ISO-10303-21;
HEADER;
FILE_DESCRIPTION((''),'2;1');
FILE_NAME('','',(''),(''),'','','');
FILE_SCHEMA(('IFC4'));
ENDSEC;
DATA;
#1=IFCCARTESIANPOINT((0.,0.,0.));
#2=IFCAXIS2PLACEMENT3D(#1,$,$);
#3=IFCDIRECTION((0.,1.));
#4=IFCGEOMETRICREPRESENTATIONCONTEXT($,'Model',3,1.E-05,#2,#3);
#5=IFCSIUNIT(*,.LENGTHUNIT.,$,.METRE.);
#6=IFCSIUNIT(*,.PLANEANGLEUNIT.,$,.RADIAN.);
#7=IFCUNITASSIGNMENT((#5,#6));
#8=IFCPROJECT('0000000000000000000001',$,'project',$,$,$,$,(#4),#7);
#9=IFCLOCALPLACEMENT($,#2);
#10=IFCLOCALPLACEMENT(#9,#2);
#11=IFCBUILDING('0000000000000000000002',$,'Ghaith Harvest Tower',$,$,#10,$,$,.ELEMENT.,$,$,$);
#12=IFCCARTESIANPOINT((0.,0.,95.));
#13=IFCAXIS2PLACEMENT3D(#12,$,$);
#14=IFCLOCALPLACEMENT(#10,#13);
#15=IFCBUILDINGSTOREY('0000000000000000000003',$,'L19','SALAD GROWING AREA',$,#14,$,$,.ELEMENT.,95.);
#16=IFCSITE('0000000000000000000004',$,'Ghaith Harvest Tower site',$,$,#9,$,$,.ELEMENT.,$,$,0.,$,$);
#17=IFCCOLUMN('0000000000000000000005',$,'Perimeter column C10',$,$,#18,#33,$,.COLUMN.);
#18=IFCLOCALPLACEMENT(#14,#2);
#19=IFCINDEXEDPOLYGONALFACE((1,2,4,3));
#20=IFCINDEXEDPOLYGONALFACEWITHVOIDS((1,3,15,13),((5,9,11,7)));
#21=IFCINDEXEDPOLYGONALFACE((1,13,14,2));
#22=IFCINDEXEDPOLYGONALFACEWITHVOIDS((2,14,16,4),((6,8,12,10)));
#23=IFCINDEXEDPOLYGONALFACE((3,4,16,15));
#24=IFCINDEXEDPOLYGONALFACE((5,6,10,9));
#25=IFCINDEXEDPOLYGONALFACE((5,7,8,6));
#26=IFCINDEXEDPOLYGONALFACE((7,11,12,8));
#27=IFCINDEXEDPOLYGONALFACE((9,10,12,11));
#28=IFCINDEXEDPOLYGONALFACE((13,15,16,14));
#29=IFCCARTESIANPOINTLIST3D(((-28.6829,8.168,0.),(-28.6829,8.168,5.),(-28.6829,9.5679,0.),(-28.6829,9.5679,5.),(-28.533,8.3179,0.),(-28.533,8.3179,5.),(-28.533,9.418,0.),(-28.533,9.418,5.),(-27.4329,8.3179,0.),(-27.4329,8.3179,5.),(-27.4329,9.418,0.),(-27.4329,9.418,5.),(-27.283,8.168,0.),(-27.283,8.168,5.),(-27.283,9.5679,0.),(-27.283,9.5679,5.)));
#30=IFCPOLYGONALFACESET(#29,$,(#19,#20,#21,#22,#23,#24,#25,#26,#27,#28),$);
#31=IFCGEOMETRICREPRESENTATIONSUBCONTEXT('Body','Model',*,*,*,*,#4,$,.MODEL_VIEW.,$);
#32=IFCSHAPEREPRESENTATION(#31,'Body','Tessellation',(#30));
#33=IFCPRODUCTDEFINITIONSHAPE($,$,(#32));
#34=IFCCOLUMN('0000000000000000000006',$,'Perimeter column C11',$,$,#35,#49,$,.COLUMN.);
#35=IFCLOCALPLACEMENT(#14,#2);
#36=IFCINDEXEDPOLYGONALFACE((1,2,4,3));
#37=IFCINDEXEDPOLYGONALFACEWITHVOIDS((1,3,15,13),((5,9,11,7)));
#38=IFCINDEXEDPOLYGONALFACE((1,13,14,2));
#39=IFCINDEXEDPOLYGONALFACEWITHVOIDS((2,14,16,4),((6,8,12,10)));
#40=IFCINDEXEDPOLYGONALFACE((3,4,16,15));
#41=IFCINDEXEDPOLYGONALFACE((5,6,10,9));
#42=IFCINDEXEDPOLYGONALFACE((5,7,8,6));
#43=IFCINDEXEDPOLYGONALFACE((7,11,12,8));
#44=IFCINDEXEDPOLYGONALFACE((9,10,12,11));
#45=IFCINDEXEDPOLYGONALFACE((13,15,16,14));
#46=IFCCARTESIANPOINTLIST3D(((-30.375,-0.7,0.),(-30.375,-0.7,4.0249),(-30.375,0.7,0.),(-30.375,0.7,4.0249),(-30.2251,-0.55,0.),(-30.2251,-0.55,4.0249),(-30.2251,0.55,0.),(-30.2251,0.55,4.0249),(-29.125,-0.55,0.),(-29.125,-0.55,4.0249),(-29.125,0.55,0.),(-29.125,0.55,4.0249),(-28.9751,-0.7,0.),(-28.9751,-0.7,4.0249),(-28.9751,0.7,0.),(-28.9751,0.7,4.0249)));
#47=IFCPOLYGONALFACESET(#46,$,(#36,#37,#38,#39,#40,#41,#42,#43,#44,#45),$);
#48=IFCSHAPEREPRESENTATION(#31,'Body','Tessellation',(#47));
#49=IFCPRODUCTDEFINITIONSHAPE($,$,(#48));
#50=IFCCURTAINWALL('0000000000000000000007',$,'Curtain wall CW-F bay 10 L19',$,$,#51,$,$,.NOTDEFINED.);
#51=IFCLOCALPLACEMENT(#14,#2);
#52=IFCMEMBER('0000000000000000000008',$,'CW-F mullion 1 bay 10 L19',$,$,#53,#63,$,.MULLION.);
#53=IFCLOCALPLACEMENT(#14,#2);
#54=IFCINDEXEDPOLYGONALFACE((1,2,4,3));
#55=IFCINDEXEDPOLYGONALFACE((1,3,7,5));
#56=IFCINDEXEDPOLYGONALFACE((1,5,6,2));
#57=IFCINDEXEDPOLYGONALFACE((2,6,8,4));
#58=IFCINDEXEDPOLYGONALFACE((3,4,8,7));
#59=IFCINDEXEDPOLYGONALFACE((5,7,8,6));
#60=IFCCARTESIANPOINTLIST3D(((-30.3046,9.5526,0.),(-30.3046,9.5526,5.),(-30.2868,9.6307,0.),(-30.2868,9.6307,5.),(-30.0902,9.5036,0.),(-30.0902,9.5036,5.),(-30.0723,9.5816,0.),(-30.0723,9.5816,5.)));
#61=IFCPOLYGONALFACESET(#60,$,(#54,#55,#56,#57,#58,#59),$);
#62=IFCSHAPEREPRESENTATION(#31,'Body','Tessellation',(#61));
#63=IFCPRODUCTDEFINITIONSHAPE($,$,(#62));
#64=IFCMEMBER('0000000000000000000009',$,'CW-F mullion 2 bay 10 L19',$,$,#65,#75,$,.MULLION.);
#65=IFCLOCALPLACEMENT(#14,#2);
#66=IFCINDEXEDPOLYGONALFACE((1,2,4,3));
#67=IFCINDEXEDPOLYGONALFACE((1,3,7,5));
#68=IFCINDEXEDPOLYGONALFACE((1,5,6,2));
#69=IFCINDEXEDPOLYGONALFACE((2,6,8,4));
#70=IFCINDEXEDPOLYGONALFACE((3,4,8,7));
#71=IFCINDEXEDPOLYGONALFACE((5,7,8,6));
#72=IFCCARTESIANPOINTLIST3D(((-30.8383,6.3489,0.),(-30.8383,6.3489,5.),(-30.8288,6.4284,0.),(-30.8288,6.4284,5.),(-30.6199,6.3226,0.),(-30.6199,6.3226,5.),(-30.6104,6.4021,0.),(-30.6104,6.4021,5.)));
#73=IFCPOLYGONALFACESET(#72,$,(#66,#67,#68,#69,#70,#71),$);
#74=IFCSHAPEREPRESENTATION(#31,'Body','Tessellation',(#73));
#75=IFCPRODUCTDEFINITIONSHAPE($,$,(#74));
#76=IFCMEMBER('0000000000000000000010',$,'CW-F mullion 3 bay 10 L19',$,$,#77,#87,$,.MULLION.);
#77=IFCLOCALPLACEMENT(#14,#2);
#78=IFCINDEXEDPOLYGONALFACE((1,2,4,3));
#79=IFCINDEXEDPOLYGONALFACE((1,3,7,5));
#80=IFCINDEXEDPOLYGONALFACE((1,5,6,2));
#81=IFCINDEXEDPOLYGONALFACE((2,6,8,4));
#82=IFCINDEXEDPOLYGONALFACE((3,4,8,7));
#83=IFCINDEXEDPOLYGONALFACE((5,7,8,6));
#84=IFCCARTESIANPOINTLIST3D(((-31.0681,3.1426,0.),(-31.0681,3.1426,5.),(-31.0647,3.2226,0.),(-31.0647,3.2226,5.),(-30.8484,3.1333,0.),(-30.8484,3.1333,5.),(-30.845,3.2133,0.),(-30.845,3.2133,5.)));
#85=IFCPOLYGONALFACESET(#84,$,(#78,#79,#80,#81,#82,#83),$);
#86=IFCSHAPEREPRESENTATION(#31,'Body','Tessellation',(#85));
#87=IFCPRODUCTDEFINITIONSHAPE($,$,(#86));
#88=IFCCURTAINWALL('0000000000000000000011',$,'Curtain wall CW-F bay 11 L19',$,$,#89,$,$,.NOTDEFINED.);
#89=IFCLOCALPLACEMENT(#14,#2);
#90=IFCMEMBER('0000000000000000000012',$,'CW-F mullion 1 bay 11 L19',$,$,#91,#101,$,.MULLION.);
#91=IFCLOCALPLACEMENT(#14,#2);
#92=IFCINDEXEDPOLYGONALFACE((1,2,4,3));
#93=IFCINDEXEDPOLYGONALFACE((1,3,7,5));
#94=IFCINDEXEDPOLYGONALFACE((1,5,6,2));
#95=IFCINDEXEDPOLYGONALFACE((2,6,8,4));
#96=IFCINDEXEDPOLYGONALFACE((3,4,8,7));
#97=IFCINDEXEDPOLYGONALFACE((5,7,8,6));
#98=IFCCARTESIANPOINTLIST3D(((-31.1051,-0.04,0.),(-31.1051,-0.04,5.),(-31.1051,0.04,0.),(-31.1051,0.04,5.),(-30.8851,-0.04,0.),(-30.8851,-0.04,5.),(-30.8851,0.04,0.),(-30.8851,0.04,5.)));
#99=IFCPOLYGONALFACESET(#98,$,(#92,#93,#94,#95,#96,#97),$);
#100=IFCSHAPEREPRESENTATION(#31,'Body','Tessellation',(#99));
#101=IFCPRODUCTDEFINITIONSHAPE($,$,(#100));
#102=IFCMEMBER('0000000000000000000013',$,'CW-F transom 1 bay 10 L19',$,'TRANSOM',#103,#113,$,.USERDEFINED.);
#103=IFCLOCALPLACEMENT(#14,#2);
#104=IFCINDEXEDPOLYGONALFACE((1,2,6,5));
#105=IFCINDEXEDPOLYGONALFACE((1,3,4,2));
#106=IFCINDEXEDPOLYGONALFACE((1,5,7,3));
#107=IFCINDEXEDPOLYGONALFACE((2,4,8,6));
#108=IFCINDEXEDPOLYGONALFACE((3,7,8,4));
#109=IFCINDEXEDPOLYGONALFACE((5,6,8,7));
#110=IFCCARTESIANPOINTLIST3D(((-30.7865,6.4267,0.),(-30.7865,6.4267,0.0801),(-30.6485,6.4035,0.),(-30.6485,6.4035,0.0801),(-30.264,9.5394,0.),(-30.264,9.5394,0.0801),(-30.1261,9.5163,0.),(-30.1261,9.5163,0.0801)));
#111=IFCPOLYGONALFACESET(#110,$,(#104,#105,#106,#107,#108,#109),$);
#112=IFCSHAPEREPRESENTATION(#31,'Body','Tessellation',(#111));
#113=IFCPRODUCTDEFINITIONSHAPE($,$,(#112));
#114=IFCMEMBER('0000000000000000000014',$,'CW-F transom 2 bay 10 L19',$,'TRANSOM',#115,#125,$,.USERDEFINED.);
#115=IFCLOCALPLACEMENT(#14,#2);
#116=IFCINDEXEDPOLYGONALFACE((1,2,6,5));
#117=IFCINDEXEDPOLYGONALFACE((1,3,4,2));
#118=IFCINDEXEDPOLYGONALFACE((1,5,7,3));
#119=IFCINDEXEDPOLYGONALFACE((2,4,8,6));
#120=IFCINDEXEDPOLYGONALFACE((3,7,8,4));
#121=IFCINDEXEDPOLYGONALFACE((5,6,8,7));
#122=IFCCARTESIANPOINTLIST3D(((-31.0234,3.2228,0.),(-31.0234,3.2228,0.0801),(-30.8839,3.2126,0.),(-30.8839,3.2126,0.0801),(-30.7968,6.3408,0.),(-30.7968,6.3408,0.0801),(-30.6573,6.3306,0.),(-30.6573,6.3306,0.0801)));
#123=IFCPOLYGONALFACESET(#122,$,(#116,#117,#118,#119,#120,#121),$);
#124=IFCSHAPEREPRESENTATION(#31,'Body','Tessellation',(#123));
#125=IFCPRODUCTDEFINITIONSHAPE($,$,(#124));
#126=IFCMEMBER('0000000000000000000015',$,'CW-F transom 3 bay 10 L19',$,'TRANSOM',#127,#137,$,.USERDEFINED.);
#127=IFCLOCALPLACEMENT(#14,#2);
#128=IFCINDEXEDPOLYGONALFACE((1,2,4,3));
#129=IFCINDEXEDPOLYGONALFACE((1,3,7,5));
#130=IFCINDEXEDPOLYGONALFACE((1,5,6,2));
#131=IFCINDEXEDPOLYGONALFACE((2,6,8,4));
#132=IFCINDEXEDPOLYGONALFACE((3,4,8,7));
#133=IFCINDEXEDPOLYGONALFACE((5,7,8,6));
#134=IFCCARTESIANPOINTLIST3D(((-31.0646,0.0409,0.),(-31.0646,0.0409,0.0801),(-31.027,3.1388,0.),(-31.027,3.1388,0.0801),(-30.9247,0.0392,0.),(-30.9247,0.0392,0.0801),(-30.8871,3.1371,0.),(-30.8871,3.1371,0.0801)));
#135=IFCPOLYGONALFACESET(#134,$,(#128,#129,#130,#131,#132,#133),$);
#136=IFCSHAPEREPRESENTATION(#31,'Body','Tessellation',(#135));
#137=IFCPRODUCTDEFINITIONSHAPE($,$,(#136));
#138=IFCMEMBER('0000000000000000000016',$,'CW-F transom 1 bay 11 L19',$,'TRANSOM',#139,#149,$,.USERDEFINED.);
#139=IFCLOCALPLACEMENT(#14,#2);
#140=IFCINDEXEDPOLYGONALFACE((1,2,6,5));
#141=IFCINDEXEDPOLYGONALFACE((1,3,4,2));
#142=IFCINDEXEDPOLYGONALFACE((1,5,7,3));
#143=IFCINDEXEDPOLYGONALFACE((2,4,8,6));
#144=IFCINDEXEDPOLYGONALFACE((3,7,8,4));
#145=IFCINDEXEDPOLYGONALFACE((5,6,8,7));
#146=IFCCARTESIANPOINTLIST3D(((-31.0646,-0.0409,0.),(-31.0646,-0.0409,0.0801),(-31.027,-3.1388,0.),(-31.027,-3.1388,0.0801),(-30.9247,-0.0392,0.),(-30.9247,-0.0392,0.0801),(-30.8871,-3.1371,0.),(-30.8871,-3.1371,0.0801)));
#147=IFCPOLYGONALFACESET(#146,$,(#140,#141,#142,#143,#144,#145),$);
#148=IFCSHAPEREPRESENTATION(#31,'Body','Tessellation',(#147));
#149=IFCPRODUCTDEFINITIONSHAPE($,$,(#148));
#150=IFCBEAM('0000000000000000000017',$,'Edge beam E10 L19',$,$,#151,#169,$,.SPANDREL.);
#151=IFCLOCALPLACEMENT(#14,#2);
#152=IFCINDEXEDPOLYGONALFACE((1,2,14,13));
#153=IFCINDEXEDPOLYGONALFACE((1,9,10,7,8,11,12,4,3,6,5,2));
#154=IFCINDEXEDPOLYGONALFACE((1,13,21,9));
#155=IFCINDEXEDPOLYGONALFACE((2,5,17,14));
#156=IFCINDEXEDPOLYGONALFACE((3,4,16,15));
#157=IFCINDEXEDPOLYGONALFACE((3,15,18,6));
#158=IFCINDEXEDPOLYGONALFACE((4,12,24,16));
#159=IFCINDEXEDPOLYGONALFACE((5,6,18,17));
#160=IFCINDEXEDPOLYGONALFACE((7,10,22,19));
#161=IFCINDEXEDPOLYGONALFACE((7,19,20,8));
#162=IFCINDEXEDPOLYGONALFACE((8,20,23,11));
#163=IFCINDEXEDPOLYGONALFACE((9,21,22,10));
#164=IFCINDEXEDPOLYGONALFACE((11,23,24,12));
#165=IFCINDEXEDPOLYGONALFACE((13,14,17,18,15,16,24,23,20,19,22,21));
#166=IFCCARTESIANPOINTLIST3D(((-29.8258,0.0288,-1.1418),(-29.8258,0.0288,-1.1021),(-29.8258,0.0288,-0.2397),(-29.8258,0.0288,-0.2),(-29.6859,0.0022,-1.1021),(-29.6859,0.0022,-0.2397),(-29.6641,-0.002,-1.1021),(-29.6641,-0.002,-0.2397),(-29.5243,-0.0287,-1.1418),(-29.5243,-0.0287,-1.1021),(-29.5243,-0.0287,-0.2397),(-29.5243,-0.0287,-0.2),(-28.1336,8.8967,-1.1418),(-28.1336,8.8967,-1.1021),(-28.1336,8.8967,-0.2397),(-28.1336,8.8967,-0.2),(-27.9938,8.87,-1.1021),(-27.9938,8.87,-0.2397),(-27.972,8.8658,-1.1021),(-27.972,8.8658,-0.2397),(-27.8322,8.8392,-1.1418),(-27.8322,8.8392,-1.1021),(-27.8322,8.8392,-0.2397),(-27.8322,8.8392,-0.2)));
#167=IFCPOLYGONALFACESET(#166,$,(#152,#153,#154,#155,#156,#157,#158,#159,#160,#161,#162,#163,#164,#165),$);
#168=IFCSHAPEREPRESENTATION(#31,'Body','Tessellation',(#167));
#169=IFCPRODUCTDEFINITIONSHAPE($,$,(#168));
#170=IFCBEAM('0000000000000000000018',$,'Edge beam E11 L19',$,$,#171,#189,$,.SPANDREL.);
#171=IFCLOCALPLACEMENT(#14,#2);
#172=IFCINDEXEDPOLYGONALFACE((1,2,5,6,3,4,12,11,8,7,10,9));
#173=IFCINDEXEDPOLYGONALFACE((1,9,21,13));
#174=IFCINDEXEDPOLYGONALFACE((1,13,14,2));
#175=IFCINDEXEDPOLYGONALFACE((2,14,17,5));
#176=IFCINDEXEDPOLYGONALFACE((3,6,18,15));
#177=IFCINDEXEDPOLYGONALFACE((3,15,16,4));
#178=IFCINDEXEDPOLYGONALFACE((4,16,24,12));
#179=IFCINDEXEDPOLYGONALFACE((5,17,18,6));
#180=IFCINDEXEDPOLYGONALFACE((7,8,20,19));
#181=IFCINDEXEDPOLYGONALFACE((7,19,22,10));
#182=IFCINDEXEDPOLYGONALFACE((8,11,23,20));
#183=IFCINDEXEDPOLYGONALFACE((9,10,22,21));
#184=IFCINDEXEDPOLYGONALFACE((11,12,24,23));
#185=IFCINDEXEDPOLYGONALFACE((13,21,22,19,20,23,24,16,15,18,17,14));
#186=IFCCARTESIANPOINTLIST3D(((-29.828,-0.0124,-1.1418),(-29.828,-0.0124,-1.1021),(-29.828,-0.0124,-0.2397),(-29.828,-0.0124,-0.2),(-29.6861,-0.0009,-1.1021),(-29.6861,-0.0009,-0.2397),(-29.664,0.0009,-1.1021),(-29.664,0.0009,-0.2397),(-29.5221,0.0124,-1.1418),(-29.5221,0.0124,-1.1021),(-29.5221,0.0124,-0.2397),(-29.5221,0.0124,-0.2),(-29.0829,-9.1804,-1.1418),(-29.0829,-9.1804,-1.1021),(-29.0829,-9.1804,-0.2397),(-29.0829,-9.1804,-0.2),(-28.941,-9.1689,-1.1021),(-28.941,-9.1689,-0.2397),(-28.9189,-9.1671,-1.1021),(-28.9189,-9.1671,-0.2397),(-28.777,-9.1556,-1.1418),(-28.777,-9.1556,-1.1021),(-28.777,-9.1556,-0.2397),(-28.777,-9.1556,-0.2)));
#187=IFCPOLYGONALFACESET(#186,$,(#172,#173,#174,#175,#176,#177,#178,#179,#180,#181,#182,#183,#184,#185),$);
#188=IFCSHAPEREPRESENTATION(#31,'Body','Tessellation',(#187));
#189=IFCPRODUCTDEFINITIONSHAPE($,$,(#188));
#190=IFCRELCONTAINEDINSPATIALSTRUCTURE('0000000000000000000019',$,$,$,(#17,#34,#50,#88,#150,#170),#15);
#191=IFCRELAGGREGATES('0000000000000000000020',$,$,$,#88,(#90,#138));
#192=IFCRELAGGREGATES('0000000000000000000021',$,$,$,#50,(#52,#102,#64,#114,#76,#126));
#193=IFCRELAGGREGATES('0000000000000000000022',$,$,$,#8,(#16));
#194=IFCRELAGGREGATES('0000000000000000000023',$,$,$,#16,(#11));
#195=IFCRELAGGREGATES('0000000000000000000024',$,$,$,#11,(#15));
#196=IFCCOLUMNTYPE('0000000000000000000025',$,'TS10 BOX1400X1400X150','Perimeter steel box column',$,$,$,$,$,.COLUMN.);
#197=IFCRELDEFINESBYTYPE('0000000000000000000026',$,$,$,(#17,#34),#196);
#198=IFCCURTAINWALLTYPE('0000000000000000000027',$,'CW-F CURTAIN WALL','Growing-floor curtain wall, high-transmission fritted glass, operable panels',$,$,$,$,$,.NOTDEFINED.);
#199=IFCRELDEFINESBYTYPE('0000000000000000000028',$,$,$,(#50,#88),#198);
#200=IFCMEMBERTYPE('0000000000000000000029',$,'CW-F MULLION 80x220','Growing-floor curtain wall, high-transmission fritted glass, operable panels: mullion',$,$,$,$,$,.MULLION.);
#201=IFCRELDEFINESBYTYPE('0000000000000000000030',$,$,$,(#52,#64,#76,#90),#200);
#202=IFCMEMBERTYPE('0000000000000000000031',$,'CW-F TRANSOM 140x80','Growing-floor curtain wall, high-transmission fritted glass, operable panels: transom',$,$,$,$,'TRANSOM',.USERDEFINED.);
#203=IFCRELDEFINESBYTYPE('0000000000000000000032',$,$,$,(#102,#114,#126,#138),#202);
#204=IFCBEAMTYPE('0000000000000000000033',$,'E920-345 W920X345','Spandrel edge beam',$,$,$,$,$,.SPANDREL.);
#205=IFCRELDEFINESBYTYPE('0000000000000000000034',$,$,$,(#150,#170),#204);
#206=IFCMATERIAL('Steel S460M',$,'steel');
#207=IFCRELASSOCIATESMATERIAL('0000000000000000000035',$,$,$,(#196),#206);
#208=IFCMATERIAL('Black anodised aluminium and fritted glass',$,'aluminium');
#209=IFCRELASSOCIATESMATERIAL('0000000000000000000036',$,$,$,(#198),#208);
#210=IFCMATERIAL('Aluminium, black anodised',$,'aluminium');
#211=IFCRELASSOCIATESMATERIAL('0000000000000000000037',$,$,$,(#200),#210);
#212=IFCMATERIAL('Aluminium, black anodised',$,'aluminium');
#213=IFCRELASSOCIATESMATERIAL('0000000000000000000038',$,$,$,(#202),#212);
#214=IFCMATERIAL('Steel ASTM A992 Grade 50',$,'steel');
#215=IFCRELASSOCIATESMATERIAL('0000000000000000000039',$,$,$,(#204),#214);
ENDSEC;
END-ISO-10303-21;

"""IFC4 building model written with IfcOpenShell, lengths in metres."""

from ifc_helpers import new_model, si_unit, direction, frame, origin, origin_2d, place, context, subcontext, project, spatial, rectangle, hollow_rectangle, i_section, extrude, material, material_profile, profile_set, type_object, element, aggregate, save


model = new_model("IFC4")

# Units and contexts
model_context = context("Model", 3, precision=1e-05, world=origin(), true_north=direction((0.0, 1.0)))
body_context = subcontext(model_context, "Body", "Model", "MODEL_VIEW")
ifc_project = project(units=[si_unit("LENGTHUNIT", "METRE"), si_unit("PLANEANGLEUNIT", "RADIAN")], contexts=[model_context])

# Site, building, storey
site_placement = place(None, origin())
site = spatial("IfcSite", under=ifc_project, at=site_placement, Name="Ghaith Harvest Tower site", CompositionType="ELEMENT", RefElevation=0.0)
building_placement = place(site_placement, origin())
building = spatial("IfcBuilding", under=site, at=building_placement, Name="Ghaith Harvest Tower", CompositionType="ELEMENT")
storey_placement = place(building_placement, frame((0.0, 0.0, 95.0)))
storey = spatial("IfcBuildingStorey", under=building, at=storey_placement, Name="L19", Description="SALAD GROWING AREA", CompositionType="ELEMENT", Elevation=95.0)

# Columns
ifc_material_1 = material(Name="Steel S460M", Category="steel")
ifc_material_profile_1 = material_profile(ifc_material_1, hollow_rectangle(XDim=1.3999, YDim=1.3999, WallThickness=0.1499, at=origin_2d()), Name="BOX1400X1400X150")
ifc_profile_set_1 = profile_set([ifc_material_profile_1], Name="Steel S460M")
column_type = type_object("IfcColumnType", Name="TS10 BOX1400X1400X150", Description="Perimeter steel box column", PredefinedType="COLUMN", material=ifc_profile_set_1)
column_1_placement = place(storey_placement, frame((-27.9829, 8.8679, 0.0), z_axis=(0.0, 0.0, 1.0), x_axis=(1.0, 0.0, 0.0)))
element("IfcColumn", 1, at=column_1_placement, inside=storey, type_object=column_type, Name="Perimeter column C10", PredefinedType="COLUMN", context=body_context, shape_type="SweptSolid", body=[
    extrude(hollow_rectangle(XDim=1.3999, YDim=1.3999, WallThickness=0.1499, at=origin_2d()), origin(), (0.0, 0.0, 1.0), 5.0),
])
column_2_placement = place(storey_placement, frame((-29.675, 0.0, 0.0), z_axis=(0.0, 0.0, 1.0), x_axis=(1.0, 0.0, 0.0)))
element("IfcColumn", 2, at=column_2_placement, inside=storey, type_object=column_type, Name="Perimeter column C11", PredefinedType="COLUMN", context=body_context, shape_type="SweptSolid", body=[
    extrude(hollow_rectangle(XDim=1.3999, YDim=1.3999, WallThickness=0.1499, at=origin_2d()), origin(), (0.0, 0.0, 1.0), 4.0249),
])

# Curtain wall, members
ifc_material_2 = material(Name="Black anodised aluminium and fritted glass", Category="aluminium")
curtain_wall_type = type_object("IfcCurtainWallType", Name="CW-F CURTAIN WALL", Description="Growing-floor curtain wall, high-transmission fritted glass, operable panels", PredefinedType="NOTDEFINED", material=ifc_material_2)
curtain_wall_1_placement = place(storey_placement, origin())
curtain_wall_1 = element("IfcCurtainWall", 3, at=curtain_wall_1_placement, inside=storey, type_object=curtain_wall_type, Name="Curtain wall CW-F bay 10 L19", PredefinedType="NOTDEFINED")
ifc_material_3 = material(Name="Aluminium, black anodised", Category="aluminium")
ifc_material_profile_2 = material_profile(ifc_material_3, rectangle(XDim=0.0801, YDim=0.22, at=origin_2d()), Name="CW-F MULLION 80x220")
ifc_profile_set_2 = profile_set([ifc_material_profile_2], Name="Aluminium, black anodised")
member_type_1 = type_object("IfcMemberType", Name="CW-F MULLION 80x220", Description="Growing-floor curtain wall, high-transmission fritted glass, operable panels: mullion", PredefinedType="MULLION", material=ifc_profile_set_2)
member_1_placement = place(storey_placement, frame((-30.1885, 9.5671, 0.0), z_axis=(0.0, 0.0, 1.0), x_axis=(-0.222967, -0.974826, 0.0)))
member_1 = element("IfcMember", 4, at=member_1_placement, type_object=member_type_1, Name="CW-F mullion 1 bay 10 L19", PredefinedType="MULLION", context=body_context, shape_type="SweptSolid", body=[
    extrude(rectangle(XDim=0.0801, YDim=0.22, at=origin_2d()), origin(), (0.0, 0.0, 1.0), 5.0),
])
member_2_placement = place(storey_placement, frame((-30.7244, 6.3755, 0.0), z_axis=(0.0, 0.0, 1.0), x_axis=(-0.119353, -0.992852, 0.0)))
member_2 = element("IfcMember", 5, at=member_2_placement, type_object=member_type_1, Name="CW-F mullion 2 bay 10 L19", PredefinedType="MULLION", context=body_context, shape_type="SweptSolid", body=[
    extrude(rectangle(XDim=0.0801, YDim=0.22, at=origin_2d()), origin(), (0.0, 0.0, 1.0), 5.0),
])
member_3_placement = place(storey_placement, frame((-30.9565, 3.178, 0.0), z_axis=(0.0, 0.0, 1.0), x_axis=(-0.042427, -0.9991, 0.0)))
member_3 = element("IfcMember", 6, at=member_3_placement, type_object=member_type_1, Name="CW-F mullion 3 bay 10 L19", PredefinedType="MULLION", context=body_context, shape_type="SweptSolid", body=[
    extrude(rectangle(XDim=0.0801, YDim=0.22, at=origin_2d()), origin(), (0.0, 0.0, 1.0), 5.0),
])

# Curtain wall, member
curtain_wall_2_placement = place(storey_placement, origin())
curtain_wall_2 = element("IfcCurtainWall", 7, at=curtain_wall_2_placement, inside=storey, type_object=curtain_wall_type, Name="Curtain wall CW-F bay 11 L19", PredefinedType="NOTDEFINED")
member_4_placement = place(storey_placement, frame((-30.9951, 0.0, 0.0), z_axis=(0.0, 0.0, 1.0), x_axis=(0.0, -1.0, 0.0)))
member_4 = element("IfcMember", 8, at=member_4_placement, type_object=member_type_1, Name="CW-F mullion 1 bay 11 L19", PredefinedType="MULLION", context=body_context, shape_type="SweptSolid", body=[
    extrude(rectangle(XDim=0.0801, YDim=0.22, at=origin_2d()), origin(), (0.0, 0.0, 1.0), 5.0),
])

# Members
ifc_material_4 = material(Name="Aluminium, black anodised", Category="aluminium")
ifc_material_profile_3 = material_profile(ifc_material_4, rectangle(XDim=0.1399, YDim=0.0801, at=origin_2d()), Name="CW-F TRANSOM 140x80")
ifc_profile_set_3 = profile_set([ifc_material_profile_3], Name="Aluminium, black anodised")
member_type_2 = type_object("IfcMemberType", Name="CW-F TRANSOM 140x80", Description="Growing-floor curtain wall, high-transmission fritted glass, operable panels: transom", ElementType="TRANSOM", PredefinedType="USERDEFINED", material=ifc_profile_set_3)
member_5_placement = place(storey_placement, frame((-30.1951, 9.5278, 0.04), z_axis=(-0.165528, -0.986205, 0.0), x_axis=(0.986205, -0.165528, 0.0)))
member_5 = element("IfcMember", 9, at=member_5_placement, type_object=member_type_2, Name="CW-F transom 1 bay 10 L19", ObjectType="TRANSOM", PredefinedType="USERDEFINED", context=body_context, shape_type="SweptSolid", body=[
    extrude(rectangle(XDim=0.1399, YDim=0.0801, at=origin_2d()), origin(), (0.0, 0.0, 1.0), 3.1562),
])
member_6_placement = place(storey_placement, frame((-30.7271, 6.3357, 0.04), z_axis=(-0.072474, -0.99737, 0.0), x_axis=(0.99737, -0.072474, 0.0)))
member_6 = element("IfcMember", 10, at=member_6_placement, type_object=member_type_2, Name="CW-F transom 2 bay 10 L19", ObjectType="TRANSOM", PredefinedType="USERDEFINED", context=body_context, shape_type="SweptSolid", body=[
    extrude(rectangle(XDim=0.1399, YDim=0.0801, at=origin_2d()), origin(), (0.0, 0.0, 1.0), 3.1262),
])
member_7_placement = place(storey_placement, frame((-30.957, 3.1379, 0.04), z_axis=(-0.012136, -0.999926, 0.0), x_axis=(0.999926, -0.012136, 0.0)))
member_7 = element("IfcMember", 11, at=member_7_placement, type_object=member_type_2, Name="CW-F transom 3 bay 10 L19", ObjectType="TRANSOM", PredefinedType="USERDEFINED", context=body_context, shape_type="SweptSolid", body=[
    extrude(rectangle(XDim=0.1399, YDim=0.0801, at=origin_2d()), origin(), (0.0, 0.0, 1.0), 3.0981),
])
member_8_placement = place(storey_placement, frame((-30.9946, -0.04, 0.04), z_axis=(0.012136, -0.999926, 0.0), x_axis=(0.999926, 0.012136, 0.0)))
member_8 = element("IfcMember", 12, at=member_8_placement, type_object=member_type_2, Name="CW-F transom 1 bay 11 L19", ObjectType="TRANSOM", PredefinedType="USERDEFINED", context=body_context, shape_type="SweptSolid", body=[
    extrude(rectangle(XDim=0.1399, YDim=0.0801, at=origin_2d()), origin(), (0.0, 0.0, 1.0), 3.0981),
])
aggregate(curtain_wall_2, [member_4, member_8])

# Beams
ifc_material_5 = material(Name="Steel ASTM A992 Grade 50", Category="steel")
ifc_material_profile_4 = material_profile(ifc_material_5, i_section(OverallWidth=0.3069, OverallDepth=0.9419, WebThickness=0.0222, FlangeThickness=0.0398, at=origin_2d()), Name="W920X345")
ifc_profile_set_4 = profile_set([ifc_material_profile_4], Name="Steel ASTM A992 Grade 50")
beam_type_1 = type_object("IfcBeamType", Name="E920-345 W920X345", Description="Spandrel edge beam", PredefinedType="SPANDREL", material=ifc_profile_set_4)
beam_1_placement = place(storey_placement, frame((-27.9829, 8.8679, -0.6709), z_axis=(-0.187434, -0.982277, 0.0), x_axis=(0.982277, -0.187434, 0.0)))
element("IfcBeam", 13, at=beam_1_placement, inside=storey, type_object=beam_type_1, Name="Edge beam E10 L19", PredefinedType="SPANDREL", context=body_context, shape_type="SweptSolid", body=[
    extrude(i_section(OverallWidth=0.3069, OverallDepth=0.9419, WebThickness=0.0222, FlangeThickness=0.0398, at=origin_2d()), origin(), (0.0, 0.0, 1.0), 9.0278),
])
beam_2_placement = place(storey_placement, frame((-29.675, 0.0, -0.6709), z_axis=(0.081007, -0.996714, 0.0), x_axis=(0.996714, 0.081007, 0.0)))
element("IfcBeam", 14, at=beam_2_placement, inside=storey, type_object=beam_type_1, Name="Edge beam E11 L19", PredefinedType="SPANDREL", context=body_context, shape_type="SweptSolid", body=[
    extrude(i_section(OverallWidth=0.3069, OverallDepth=0.9419, WebThickness=0.0222, FlangeThickness=0.0398, at=origin_2d()), origin(), (0.0, 0.0, 1.0), 9.1982),
])

aggregate(curtain_wall_1, [member_1, member_5, member_2, member_6, member_3, member_7])

save(model, "model.ifc")
